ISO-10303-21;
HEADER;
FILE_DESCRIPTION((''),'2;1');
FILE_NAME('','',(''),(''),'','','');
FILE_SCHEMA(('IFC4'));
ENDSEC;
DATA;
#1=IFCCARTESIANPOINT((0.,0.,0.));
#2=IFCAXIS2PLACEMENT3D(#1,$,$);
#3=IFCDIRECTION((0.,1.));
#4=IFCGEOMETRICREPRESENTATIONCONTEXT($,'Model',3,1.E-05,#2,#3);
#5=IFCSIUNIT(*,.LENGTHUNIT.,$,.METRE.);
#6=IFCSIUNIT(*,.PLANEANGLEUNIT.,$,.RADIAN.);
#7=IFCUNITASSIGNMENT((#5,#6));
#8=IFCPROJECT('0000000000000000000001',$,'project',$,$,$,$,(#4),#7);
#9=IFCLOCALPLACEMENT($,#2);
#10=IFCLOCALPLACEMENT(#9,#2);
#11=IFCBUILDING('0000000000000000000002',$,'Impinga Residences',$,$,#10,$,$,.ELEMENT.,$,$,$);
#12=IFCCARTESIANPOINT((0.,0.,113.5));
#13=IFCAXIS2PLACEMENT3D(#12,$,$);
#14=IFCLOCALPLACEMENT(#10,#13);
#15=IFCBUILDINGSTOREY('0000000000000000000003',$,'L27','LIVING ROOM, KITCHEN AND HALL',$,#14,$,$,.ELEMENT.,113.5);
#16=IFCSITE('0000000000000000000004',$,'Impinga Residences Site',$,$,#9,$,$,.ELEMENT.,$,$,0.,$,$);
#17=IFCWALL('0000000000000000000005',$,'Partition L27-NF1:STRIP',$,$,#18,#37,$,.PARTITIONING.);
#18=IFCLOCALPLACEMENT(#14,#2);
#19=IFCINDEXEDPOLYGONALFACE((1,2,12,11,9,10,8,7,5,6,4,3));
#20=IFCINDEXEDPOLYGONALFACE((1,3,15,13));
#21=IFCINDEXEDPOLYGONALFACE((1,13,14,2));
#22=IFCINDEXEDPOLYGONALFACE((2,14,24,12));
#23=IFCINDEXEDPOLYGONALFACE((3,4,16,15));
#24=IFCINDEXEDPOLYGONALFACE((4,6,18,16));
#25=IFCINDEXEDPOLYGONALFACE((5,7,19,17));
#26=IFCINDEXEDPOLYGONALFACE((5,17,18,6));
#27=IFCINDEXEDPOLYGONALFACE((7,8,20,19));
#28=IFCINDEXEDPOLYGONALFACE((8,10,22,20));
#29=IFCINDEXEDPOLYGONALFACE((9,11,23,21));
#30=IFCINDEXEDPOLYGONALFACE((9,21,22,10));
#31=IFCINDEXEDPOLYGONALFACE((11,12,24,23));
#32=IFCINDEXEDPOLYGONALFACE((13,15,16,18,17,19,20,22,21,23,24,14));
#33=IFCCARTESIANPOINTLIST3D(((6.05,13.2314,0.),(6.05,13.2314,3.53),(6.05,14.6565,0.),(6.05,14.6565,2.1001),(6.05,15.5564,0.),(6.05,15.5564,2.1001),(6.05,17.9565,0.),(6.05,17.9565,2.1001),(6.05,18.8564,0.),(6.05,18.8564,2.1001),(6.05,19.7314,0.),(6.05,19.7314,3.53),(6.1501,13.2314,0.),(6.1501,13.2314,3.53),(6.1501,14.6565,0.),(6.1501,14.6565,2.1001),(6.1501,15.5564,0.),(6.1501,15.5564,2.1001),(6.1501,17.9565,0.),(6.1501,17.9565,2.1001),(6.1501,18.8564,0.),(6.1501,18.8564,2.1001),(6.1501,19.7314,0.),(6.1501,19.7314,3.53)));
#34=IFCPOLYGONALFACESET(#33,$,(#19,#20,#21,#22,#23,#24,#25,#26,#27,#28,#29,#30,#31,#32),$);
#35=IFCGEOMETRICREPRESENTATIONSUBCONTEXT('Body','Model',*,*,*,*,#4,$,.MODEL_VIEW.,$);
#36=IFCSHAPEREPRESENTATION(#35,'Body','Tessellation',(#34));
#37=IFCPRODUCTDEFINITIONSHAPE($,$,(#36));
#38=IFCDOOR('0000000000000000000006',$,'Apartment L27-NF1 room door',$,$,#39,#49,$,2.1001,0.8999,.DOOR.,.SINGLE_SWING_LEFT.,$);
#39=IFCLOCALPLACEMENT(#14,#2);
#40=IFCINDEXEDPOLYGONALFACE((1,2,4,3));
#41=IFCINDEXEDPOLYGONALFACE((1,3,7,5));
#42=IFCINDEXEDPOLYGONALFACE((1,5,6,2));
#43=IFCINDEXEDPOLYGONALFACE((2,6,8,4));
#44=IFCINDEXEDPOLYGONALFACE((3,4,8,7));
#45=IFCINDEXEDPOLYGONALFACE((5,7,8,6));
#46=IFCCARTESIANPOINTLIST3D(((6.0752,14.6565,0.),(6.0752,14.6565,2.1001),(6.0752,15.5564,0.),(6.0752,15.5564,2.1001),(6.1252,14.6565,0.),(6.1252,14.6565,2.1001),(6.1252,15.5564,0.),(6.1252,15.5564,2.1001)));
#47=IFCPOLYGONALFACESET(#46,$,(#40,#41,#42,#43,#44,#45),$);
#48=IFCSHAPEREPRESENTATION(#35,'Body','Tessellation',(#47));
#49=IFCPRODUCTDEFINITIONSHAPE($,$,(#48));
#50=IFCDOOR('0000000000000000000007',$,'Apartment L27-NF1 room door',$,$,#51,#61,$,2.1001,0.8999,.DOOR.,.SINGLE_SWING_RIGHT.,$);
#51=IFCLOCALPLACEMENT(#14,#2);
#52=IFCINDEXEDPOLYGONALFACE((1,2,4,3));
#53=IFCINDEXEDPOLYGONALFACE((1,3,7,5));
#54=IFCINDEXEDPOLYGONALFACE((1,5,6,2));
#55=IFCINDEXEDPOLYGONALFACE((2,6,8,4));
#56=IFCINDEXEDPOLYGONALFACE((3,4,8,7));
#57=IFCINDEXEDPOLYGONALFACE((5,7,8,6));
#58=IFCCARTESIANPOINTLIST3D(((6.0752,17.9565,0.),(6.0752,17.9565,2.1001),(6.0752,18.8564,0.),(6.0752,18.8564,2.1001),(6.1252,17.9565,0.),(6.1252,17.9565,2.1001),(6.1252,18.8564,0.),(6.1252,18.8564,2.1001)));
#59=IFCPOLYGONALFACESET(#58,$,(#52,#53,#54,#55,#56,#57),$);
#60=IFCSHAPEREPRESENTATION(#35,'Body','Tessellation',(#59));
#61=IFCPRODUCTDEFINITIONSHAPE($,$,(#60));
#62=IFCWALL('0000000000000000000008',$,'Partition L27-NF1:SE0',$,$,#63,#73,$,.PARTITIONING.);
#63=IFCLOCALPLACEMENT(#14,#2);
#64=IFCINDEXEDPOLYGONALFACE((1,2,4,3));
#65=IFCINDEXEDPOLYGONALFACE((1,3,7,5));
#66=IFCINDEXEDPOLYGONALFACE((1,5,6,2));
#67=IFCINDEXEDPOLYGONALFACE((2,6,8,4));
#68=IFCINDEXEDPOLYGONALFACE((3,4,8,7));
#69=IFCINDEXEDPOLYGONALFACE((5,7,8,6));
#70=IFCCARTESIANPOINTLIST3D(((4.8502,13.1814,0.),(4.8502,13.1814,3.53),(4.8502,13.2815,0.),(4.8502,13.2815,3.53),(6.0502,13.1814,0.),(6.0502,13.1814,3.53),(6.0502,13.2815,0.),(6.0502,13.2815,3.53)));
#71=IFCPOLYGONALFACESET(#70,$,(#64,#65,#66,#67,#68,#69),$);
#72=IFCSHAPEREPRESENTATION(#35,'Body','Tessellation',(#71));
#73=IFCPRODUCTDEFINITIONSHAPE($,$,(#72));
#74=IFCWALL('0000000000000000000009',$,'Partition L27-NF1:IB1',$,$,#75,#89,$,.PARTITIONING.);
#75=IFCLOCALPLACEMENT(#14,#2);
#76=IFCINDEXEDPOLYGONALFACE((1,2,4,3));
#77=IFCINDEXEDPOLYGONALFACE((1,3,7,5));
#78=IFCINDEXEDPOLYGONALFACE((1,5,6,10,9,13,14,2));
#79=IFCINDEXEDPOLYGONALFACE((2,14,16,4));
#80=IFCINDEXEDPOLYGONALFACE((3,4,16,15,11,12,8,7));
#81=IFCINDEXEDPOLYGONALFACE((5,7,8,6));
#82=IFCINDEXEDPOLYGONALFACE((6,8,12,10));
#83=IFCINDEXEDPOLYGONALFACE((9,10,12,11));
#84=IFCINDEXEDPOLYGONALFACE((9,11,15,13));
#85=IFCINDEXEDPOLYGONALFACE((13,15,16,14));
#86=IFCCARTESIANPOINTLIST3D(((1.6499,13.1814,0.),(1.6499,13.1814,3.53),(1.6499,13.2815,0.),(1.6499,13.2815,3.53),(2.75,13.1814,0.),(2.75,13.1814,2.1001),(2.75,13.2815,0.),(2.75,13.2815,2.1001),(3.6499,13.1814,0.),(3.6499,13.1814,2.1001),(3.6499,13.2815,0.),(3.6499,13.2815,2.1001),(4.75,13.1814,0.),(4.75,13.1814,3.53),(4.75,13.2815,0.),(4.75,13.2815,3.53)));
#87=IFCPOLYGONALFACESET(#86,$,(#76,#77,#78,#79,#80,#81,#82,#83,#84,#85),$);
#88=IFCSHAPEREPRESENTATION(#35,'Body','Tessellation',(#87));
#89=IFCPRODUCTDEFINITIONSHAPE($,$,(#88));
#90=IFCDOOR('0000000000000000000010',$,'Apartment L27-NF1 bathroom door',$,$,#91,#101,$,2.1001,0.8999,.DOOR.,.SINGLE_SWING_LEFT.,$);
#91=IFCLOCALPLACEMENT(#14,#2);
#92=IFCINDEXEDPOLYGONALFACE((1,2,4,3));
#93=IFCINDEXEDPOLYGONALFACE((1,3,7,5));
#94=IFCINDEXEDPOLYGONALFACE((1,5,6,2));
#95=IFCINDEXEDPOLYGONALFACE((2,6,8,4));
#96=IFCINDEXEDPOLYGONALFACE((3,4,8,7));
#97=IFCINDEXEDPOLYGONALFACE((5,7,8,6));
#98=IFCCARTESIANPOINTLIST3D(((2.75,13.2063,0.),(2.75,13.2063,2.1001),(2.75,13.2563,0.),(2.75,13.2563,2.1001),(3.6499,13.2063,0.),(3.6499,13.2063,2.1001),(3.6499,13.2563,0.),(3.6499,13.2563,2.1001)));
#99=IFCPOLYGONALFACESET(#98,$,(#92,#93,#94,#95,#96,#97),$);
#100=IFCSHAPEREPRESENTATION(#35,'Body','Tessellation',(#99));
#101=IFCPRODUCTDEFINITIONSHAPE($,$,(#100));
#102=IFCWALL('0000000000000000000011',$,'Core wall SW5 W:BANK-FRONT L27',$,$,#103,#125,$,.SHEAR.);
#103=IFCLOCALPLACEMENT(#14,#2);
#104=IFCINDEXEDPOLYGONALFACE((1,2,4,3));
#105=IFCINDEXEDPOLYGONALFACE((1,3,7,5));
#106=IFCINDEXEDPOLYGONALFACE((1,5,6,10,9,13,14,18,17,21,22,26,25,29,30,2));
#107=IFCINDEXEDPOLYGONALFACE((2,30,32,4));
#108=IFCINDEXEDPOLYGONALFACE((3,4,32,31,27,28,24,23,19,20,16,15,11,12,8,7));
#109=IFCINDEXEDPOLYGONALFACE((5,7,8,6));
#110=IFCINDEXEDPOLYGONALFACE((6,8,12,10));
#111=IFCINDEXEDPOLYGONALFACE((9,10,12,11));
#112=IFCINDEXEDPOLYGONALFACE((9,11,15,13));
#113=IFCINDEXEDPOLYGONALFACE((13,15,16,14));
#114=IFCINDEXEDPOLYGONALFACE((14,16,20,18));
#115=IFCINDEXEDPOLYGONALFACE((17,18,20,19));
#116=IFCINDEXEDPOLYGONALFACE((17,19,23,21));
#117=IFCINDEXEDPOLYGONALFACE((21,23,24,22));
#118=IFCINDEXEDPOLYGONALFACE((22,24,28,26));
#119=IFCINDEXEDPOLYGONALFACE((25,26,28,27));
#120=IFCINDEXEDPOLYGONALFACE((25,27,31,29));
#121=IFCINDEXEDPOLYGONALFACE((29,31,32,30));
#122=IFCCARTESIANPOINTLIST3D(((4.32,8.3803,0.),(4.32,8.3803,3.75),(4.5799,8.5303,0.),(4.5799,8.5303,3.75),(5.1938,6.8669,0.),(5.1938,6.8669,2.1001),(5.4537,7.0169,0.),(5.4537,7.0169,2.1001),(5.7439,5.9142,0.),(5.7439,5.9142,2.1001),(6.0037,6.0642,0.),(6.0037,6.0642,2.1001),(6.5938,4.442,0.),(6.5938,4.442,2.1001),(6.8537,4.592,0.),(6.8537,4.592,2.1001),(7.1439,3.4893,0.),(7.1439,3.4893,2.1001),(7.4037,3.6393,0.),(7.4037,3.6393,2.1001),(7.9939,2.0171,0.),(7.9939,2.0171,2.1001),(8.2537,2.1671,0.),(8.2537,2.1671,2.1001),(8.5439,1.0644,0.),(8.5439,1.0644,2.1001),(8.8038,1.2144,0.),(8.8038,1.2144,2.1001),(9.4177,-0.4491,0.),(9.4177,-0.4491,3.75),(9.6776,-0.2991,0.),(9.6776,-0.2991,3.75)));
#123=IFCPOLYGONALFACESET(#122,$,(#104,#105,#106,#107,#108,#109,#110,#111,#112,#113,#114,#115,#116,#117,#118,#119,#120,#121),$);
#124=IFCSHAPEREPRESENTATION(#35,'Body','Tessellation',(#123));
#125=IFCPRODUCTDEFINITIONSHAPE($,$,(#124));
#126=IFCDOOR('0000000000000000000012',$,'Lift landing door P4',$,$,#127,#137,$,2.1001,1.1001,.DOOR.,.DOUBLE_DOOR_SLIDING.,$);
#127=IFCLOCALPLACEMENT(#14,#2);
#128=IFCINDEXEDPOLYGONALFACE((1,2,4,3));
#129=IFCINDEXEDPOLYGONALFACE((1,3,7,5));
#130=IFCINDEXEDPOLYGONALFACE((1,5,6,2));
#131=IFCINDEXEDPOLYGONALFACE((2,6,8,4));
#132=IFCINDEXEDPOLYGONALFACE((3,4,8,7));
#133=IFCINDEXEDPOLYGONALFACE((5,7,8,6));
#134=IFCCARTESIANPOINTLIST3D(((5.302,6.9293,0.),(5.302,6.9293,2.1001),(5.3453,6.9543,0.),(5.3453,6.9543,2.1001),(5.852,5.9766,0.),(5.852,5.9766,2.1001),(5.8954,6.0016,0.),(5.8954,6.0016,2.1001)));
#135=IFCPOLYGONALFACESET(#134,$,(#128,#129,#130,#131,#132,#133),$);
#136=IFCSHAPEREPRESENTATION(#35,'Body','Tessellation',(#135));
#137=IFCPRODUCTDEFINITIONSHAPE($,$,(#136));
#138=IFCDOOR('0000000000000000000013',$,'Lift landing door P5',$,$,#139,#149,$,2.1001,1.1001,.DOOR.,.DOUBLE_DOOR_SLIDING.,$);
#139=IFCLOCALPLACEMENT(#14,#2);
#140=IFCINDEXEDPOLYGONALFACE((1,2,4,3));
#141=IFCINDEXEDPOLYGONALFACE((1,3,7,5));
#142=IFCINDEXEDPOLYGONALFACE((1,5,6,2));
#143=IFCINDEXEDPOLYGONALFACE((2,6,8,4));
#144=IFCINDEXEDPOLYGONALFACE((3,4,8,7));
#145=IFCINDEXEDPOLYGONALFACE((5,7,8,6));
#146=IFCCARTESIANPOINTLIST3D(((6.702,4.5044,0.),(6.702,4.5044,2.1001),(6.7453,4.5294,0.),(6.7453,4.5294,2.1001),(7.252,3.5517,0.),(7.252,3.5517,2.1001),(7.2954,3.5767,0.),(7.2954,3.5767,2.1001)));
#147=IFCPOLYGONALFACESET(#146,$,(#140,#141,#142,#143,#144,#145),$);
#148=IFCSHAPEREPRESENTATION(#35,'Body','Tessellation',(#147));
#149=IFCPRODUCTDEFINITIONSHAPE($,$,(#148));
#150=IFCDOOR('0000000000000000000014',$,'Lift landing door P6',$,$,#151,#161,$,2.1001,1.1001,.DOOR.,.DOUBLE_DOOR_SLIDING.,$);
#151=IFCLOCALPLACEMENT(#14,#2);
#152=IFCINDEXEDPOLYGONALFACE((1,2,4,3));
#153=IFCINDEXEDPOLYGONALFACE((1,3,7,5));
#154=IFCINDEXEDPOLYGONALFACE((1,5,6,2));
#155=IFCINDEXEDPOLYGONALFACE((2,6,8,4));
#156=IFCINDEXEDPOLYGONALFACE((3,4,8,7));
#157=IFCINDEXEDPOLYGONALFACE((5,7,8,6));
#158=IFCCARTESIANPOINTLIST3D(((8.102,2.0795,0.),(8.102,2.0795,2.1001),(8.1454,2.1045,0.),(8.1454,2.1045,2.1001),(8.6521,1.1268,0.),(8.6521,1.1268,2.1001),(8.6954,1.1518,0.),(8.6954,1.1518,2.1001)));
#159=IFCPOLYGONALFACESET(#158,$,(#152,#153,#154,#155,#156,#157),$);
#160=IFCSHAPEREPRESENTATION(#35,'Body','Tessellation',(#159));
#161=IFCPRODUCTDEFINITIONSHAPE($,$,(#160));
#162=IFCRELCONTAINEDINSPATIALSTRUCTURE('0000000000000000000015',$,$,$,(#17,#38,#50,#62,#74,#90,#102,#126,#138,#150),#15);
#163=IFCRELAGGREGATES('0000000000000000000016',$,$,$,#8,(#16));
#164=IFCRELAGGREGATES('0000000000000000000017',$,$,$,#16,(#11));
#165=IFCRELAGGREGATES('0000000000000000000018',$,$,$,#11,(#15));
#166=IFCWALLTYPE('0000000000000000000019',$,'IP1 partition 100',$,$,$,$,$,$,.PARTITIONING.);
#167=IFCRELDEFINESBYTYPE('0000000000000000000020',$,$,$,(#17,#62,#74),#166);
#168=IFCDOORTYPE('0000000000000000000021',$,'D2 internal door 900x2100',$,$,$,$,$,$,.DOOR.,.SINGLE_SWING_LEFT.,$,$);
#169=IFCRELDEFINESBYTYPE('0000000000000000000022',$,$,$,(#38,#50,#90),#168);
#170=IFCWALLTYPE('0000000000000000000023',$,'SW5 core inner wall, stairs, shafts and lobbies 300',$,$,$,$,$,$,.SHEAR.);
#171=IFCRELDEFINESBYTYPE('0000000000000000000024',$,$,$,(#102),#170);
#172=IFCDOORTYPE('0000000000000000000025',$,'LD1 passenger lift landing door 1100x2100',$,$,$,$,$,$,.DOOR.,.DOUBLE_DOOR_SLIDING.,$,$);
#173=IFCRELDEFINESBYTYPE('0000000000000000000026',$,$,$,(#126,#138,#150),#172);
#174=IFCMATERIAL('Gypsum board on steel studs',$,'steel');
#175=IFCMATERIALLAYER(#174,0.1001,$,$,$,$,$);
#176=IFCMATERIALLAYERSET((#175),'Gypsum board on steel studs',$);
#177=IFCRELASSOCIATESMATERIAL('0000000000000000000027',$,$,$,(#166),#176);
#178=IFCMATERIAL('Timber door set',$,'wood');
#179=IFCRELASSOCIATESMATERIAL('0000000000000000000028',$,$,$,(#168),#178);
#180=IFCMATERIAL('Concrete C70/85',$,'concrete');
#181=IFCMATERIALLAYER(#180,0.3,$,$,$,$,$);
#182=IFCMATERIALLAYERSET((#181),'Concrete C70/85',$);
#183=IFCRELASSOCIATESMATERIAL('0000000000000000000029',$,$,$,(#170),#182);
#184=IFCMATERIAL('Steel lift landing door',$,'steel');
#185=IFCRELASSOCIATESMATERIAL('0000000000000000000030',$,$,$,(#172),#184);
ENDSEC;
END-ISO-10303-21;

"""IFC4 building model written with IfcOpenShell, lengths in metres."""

from ifc_helpers import new_model, si_unit, direction, frame, frame_2d, origin, place, context, subcontext, project, spatial, rectangle, extrude, material, layer, layer_set, type_object, element, fill, save


model = new_model("IFC4")

# Units and contexts
model_context = context("Model", 3, precision=1e-05, world=origin(), true_north=direction((0.0, 1.0)))
body_context = subcontext(model_context, "Body", "Model", "MODEL_VIEW")
ifc_project = project(units=[si_unit("LENGTHUNIT", "METRE"), si_unit("PLANEANGLEUNIT", "RADIAN")], contexts=[model_context])

# Site, building, storey
site_placement = place(None, origin())
site = spatial("IfcSite", under=ifc_project, at=site_placement, Name="Impinga Residences Site", CompositionType="ELEMENT", RefElevation=0.0)
building_placement = place(site_placement, origin())
building = spatial("IfcBuilding", under=site, at=building_placement, Name="Impinga Residences", CompositionType="ELEMENT")
storey_placement = place(building_placement, frame((0.0, 0.0, 113.5)))
storey = spatial("IfcBuildingStorey", under=building, at=storey_placement, Name="L27", Description="LIVING ROOM, KITCHEN AND HALL", CompositionType="ELEMENT", Elevation=113.5)

# Shared definitions
ifc_material_1 = material(Name="Timber door set", Category="wood")

# Shared definitions
ifc_material_2 = material(Name="Gypsum board on steel studs", Category="steel")
ifc_layer_1 = layer(ifc_material_2, 0.1001)
ifc_layer_set_1 = layer_set([ifc_layer_1], Name="Gypsum board on steel studs")
wall_type_1 = type_object("IfcWallType", Name="IP1 partition 100", PredefinedType="PARTITIONING", material=ifc_layer_set_1)

# Wall, openings, doors
wall_1_placement = place(storey_placement, frame((6.1001, 13.2314, 0.0), z_axis=(0.0, 0.0, 1.0), x_axis=(0.0, 1.0, 0.0)))
wall_1 = element("IfcWall", 1, at=wall_1_placement, inside=storey, type_object=wall_type_1, Name="Partition L27-NF1:STRIP", PredefinedType="PARTITIONING", context=body_context, shape_type="SweptSolid", body=[
    extrude(rectangle(XDim=6.5, YDim=0.1001, at=frame_2d((3.25, 0.0))), origin(), (0.0, 0.0, 1.0), 3.53),
])
opening_1_placement = place(wall_1_placement, frame((1.425, 0.0, 0.0)))
opening_1 = element("IfcOpeningElement", 2, at=opening_1_placement, cuts=wall_1, PredefinedType="OPENING", context=body_context, shape_type="SweptSolid", body=[
    extrude(rectangle(XDim=0.8999, YDim=2.1001, at=frame_2d((0.45, 1.05))), frame((0.0, 0.0601, 0.0), z_axis=(0.0, -1.0, 0.0), x_axis=(1.0, 0.0, 0.0)), (0.0, 0.0, 1.0), 0.1201),
])
opening_2_placement = place(wall_1_placement, frame((4.7251, 0.0, 0.0)))
opening_2 = element("IfcOpeningElement", 3, at=opening_2_placement, cuts=wall_1, PredefinedType="OPENING", context=body_context, shape_type="SweptSolid", body=[
    extrude(rectangle(XDim=0.8999, YDim=2.1001, at=frame_2d((0.45, 1.05))), frame((0.0, 0.0601, 0.0), z_axis=(0.0, -1.0, 0.0), x_axis=(1.0, 0.0, 0.0)), (0.0, 0.0, 1.0), 0.1201),
])
door_type_1 = type_object("IfcDoorType", Name="D2 internal door 900x2100", OperationType="SINGLE_SWING_LEFT", PredefinedType="DOOR", material=ifc_material_1)
door_1_placement = place(opening_1_placement, origin())
door_1 = element("IfcDoor", 4, at=door_1_placement, inside=storey, type_object=door_type_1, Name="Apartment L27-NF1 room door", OperationType="SINGLE_SWING_LEFT", OverallHeight=2.1001, OverallWidth=0.8999, PredefinedType="DOOR", context=body_context, shape_type="SweptSolid", body=[
    extrude(rectangle(XDim=0.8999, YDim=2.1001, at=frame_2d((0.45, 1.05))), frame((0.0, 0.0249, 0.0), z_axis=(0.0, -1.0, 0.0), x_axis=(1.0, 0.0, 0.0)), (0.0, 0.0, 1.0), 0.05),
])
fill(opening_1, door_1)
door_2_placement = place(opening_2_placement, origin())
door_2 = element("IfcDoor", 5, at=door_2_placement, inside=storey, type_object=door_type_1, Name="Apartment L27-NF1 room door", OperationType="SINGLE_SWING_RIGHT", OverallHeight=2.1001, OverallWidth=0.8999, PredefinedType="DOOR", context=body_context, shape_type="SweptSolid", body=[
    extrude(rectangle(XDim=0.8999, YDim=2.1001, at=frame_2d((0.45, 1.05))), frame((0.0, 0.0249, 0.0), z_axis=(0.0, -1.0, 0.0), x_axis=(1.0, 0.0, 0.0)), (0.0, 0.0, 1.0), 0.05),
])
fill(opening_2, door_2)

# Wall
wall_2_placement = place(storey_placement, frame((4.8501, 13.2314, 0.0), z_axis=(0.0, 0.0, 1.0), x_axis=(1.0, 0.0, 0.0)))
element("IfcWall", 6, at=wall_2_placement, inside=storey, type_object=wall_type_1, Name="Partition L27-NF1:SE0", PredefinedType="PARTITIONING", context=body_context, shape_type="SweptSolid", body=[
    extrude(rectangle(XDim=1.2, YDim=0.1001, at=frame_2d((0.6001, 0.0))), origin(), (0.0, 0.0, 1.0), 3.53),
])

# Wall, opening, door
wall_3_placement = place(storey_placement, frame((1.6499, 13.2314, 0.0), z_axis=(0.0, 0.0, 1.0), x_axis=(1.0, 0.0, 0.0)))
wall_3 = element("IfcWall", 7, at=wall_3_placement, inside=storey, type_object=wall_type_1, Name="Partition L27-NF1:IB1", PredefinedType="PARTITIONING", context=body_context, shape_type="SweptSolid", body=[
    extrude(rectangle(XDim=3.1001, YDim=0.1001, at=frame_2d((1.55, 0.0))), origin(), (0.0, 0.0, 1.0), 3.53),
])
opening_3_placement = place(wall_3_placement, frame((1.1001, 0.0, 0.0)))
opening_3 = element("IfcOpeningElement", 8, at=opening_3_placement, cuts=wall_3, PredefinedType="OPENING", context=body_context, shape_type="SweptSolid", body=[
    extrude(rectangle(XDim=0.8999, YDim=2.1001, at=frame_2d((0.45, 1.05))), frame((0.0, 0.0601, 0.0), z_axis=(0.0, -1.0, 0.0), x_axis=(1.0, 0.0, 0.0)), (0.0, 0.0, 1.0), 0.1201),
])
door_3_placement = place(opening_3_placement, origin())
door_3 = element("IfcDoor", 9, at=door_3_placement, inside=storey, type_object=door_type_1, Name="Apartment L27-NF1 bathroom door", OperationType="SINGLE_SWING_LEFT", OverallHeight=2.1001, OverallWidth=0.8999, PredefinedType="DOOR", context=body_context, shape_type="SweptSolid", body=[
    extrude(rectangle(XDim=0.8999, YDim=2.1001, at=frame_2d((0.45, 1.05))), frame((0.0, 0.0249, 0.0), z_axis=(0.0, -1.0, 0.0), x_axis=(1.0, 0.0, 0.0)), (0.0, 0.0, 1.0), 0.05),
])
fill(opening_3, door_3)

# Wall, openings, doors
ifc_material_3 = material(Name="Concrete C70/85", Category="concrete")
ifc_layer_2 = layer(ifc_material_3, 0.3)
ifc_layer_set_2 = layer_set([ifc_layer_2], Name="Concrete C70/85")
wall_type_2 = type_object("IfcWallType", Name="SW5 core inner wall, stairs, shafts and lobbies 300", PredefinedType="SHEAR", material=ifc_layer_set_2)
wall_4_placement = place(storey_placement, frame((4.45, 8.4553, 0.0), z_axis=(0.0, 0.0, 1.0), x_axis=(0.500002, -0.866024, 0.0)))
wall_4 = element("IfcWall", 10, at=wall_4_placement, inside=storey, type_object=wall_type_2, Name="Core wall SW5 W:BANK-FRONT L27", PredefinedType="SHEAR", context=body_context, shape_type="SweptSolid", body=[
    extrude(rectangle(XDim=10.1953, YDim=0.3, at=frame_2d((5.0977, 0.0))), origin(), (0.0, 0.0, 1.0), 3.75),
])
opening_4_placement = place(wall_4_placement, frame((1.7476, 0.0, 0.0)))
opening_4 = element("IfcOpeningElement", 11, at=opening_4_placement, cuts=wall_4, PredefinedType="OPENING", context=body_context, shape_type="SweptSolid", body=[
    extrude(rectangle(XDim=1.1001, YDim=2.1001, at=frame_2d((0.55, 1.05))), frame((0.0, 0.1599, 0.0), z_axis=(0.0, -1.0, 0.0), x_axis=(1.0, 0.0, 0.0)), (0.0, 0.0, 1.0), 0.3201),
])
opening_5_placement = place(wall_4_placement, frame((4.5476, 0.0, 0.0)))
opening_5 = element("IfcOpeningElement", 12, at=opening_5_placement, cuts=wall_4, PredefinedType="OPENING", context=body_context, shape_type="SweptSolid", body=[
    extrude(rectangle(XDim=1.1001, YDim=2.1001, at=frame_2d((0.55, 1.05))), frame((0.0, 0.1599, 0.0), z_axis=(0.0, -1.0, 0.0), x_axis=(1.0, 0.0, 0.0)), (0.0, 0.0, 1.0), 0.3201),
])
opening_6_placement = place(wall_4_placement, frame((7.3477, 0.0, 0.0)))
opening_6 = element("IfcOpeningElement", 13, at=opening_6_placement, cuts=wall_4, PredefinedType="OPENING", context=body_context, shape_type="SweptSolid", body=[
    extrude(rectangle(XDim=1.1001, YDim=2.1001, at=frame_2d((0.55, 1.05))), frame((0.0, 0.1599, 0.0), z_axis=(0.0, -1.0, 0.0), x_axis=(1.0, 0.0, 0.0)), (0.0, 0.0, 1.0), 0.3201),
])
ifc_material_4 = material(Name="Steel lift landing door", Category="steel")
door_type_2 = type_object("IfcDoorType", Name="LD1 passenger lift landing door 1100x2100", OperationType="DOUBLE_DOOR_SLIDING", PredefinedType="DOOR", material=ifc_material_4)
door_4_placement = place(opening_4_placement, origin())
door_4 = element("IfcDoor", 14, at=door_4_placement, inside=storey, type_object=door_type_2, Name="Lift landing door P4", OperationType="DOUBLE_DOOR_SLIDING", OverallHeight=2.1001, OverallWidth=1.1001, PredefinedType="DOOR", context=body_context, shape_type="SweptSolid", body=[
    extrude(rectangle(XDim=1.1001, YDim=2.1001, at=frame_2d((0.55, 1.05))), frame((0.0, 0.0249, 0.0), z_axis=(0.0, -1.0, 0.0), x_axis=(1.0, 0.0, 0.0)), (0.0, 0.0, 1.0), 0.05),
])
fill(opening_4, door_4)
door_5_placement = place(opening_5_placement, origin())
door_5 = element("IfcDoor", 15, at=door_5_placement, inside=storey, type_object=door_type_2, Name="Lift landing door P5", OperationType="DOUBLE_DOOR_SLIDING", OverallHeight=2.1001, OverallWidth=1.1001, PredefinedType="DOOR", context=body_context, shape_type="SweptSolid", body=[
    extrude(rectangle(XDim=1.1001, YDim=2.1001, at=frame_2d((0.55, 1.05))), frame((0.0, 0.0249, 0.0), z_axis=(0.0, -1.0, 0.0), x_axis=(1.0, 0.0, 0.0)), (0.0, 0.0, 1.0), 0.05),
])
fill(opening_5, door_5)
door_6_placement = place(opening_6_placement, origin())
door_6 = element("IfcDoor", 16, at=door_6_placement, inside=storey, type_object=door_type_2, Name="Lift landing door P6", OperationType="DOUBLE_DOOR_SLIDING", OverallHeight=2.1001, OverallWidth=1.1001, PredefinedType="DOOR", context=body_context, shape_type="SweptSolid", body=[
    extrude(rectangle(XDim=1.1001, YDim=2.1001, at=frame_2d((0.55, 1.05))), frame((0.0, 0.0249, 0.0), z_axis=(0.0, -1.0, 0.0), x_axis=(1.0, 0.0, 0.0)), (0.0, 0.0, 1.0), 0.05),
])
fill(opening_6, door_6)

save(model, "model.ifc")
